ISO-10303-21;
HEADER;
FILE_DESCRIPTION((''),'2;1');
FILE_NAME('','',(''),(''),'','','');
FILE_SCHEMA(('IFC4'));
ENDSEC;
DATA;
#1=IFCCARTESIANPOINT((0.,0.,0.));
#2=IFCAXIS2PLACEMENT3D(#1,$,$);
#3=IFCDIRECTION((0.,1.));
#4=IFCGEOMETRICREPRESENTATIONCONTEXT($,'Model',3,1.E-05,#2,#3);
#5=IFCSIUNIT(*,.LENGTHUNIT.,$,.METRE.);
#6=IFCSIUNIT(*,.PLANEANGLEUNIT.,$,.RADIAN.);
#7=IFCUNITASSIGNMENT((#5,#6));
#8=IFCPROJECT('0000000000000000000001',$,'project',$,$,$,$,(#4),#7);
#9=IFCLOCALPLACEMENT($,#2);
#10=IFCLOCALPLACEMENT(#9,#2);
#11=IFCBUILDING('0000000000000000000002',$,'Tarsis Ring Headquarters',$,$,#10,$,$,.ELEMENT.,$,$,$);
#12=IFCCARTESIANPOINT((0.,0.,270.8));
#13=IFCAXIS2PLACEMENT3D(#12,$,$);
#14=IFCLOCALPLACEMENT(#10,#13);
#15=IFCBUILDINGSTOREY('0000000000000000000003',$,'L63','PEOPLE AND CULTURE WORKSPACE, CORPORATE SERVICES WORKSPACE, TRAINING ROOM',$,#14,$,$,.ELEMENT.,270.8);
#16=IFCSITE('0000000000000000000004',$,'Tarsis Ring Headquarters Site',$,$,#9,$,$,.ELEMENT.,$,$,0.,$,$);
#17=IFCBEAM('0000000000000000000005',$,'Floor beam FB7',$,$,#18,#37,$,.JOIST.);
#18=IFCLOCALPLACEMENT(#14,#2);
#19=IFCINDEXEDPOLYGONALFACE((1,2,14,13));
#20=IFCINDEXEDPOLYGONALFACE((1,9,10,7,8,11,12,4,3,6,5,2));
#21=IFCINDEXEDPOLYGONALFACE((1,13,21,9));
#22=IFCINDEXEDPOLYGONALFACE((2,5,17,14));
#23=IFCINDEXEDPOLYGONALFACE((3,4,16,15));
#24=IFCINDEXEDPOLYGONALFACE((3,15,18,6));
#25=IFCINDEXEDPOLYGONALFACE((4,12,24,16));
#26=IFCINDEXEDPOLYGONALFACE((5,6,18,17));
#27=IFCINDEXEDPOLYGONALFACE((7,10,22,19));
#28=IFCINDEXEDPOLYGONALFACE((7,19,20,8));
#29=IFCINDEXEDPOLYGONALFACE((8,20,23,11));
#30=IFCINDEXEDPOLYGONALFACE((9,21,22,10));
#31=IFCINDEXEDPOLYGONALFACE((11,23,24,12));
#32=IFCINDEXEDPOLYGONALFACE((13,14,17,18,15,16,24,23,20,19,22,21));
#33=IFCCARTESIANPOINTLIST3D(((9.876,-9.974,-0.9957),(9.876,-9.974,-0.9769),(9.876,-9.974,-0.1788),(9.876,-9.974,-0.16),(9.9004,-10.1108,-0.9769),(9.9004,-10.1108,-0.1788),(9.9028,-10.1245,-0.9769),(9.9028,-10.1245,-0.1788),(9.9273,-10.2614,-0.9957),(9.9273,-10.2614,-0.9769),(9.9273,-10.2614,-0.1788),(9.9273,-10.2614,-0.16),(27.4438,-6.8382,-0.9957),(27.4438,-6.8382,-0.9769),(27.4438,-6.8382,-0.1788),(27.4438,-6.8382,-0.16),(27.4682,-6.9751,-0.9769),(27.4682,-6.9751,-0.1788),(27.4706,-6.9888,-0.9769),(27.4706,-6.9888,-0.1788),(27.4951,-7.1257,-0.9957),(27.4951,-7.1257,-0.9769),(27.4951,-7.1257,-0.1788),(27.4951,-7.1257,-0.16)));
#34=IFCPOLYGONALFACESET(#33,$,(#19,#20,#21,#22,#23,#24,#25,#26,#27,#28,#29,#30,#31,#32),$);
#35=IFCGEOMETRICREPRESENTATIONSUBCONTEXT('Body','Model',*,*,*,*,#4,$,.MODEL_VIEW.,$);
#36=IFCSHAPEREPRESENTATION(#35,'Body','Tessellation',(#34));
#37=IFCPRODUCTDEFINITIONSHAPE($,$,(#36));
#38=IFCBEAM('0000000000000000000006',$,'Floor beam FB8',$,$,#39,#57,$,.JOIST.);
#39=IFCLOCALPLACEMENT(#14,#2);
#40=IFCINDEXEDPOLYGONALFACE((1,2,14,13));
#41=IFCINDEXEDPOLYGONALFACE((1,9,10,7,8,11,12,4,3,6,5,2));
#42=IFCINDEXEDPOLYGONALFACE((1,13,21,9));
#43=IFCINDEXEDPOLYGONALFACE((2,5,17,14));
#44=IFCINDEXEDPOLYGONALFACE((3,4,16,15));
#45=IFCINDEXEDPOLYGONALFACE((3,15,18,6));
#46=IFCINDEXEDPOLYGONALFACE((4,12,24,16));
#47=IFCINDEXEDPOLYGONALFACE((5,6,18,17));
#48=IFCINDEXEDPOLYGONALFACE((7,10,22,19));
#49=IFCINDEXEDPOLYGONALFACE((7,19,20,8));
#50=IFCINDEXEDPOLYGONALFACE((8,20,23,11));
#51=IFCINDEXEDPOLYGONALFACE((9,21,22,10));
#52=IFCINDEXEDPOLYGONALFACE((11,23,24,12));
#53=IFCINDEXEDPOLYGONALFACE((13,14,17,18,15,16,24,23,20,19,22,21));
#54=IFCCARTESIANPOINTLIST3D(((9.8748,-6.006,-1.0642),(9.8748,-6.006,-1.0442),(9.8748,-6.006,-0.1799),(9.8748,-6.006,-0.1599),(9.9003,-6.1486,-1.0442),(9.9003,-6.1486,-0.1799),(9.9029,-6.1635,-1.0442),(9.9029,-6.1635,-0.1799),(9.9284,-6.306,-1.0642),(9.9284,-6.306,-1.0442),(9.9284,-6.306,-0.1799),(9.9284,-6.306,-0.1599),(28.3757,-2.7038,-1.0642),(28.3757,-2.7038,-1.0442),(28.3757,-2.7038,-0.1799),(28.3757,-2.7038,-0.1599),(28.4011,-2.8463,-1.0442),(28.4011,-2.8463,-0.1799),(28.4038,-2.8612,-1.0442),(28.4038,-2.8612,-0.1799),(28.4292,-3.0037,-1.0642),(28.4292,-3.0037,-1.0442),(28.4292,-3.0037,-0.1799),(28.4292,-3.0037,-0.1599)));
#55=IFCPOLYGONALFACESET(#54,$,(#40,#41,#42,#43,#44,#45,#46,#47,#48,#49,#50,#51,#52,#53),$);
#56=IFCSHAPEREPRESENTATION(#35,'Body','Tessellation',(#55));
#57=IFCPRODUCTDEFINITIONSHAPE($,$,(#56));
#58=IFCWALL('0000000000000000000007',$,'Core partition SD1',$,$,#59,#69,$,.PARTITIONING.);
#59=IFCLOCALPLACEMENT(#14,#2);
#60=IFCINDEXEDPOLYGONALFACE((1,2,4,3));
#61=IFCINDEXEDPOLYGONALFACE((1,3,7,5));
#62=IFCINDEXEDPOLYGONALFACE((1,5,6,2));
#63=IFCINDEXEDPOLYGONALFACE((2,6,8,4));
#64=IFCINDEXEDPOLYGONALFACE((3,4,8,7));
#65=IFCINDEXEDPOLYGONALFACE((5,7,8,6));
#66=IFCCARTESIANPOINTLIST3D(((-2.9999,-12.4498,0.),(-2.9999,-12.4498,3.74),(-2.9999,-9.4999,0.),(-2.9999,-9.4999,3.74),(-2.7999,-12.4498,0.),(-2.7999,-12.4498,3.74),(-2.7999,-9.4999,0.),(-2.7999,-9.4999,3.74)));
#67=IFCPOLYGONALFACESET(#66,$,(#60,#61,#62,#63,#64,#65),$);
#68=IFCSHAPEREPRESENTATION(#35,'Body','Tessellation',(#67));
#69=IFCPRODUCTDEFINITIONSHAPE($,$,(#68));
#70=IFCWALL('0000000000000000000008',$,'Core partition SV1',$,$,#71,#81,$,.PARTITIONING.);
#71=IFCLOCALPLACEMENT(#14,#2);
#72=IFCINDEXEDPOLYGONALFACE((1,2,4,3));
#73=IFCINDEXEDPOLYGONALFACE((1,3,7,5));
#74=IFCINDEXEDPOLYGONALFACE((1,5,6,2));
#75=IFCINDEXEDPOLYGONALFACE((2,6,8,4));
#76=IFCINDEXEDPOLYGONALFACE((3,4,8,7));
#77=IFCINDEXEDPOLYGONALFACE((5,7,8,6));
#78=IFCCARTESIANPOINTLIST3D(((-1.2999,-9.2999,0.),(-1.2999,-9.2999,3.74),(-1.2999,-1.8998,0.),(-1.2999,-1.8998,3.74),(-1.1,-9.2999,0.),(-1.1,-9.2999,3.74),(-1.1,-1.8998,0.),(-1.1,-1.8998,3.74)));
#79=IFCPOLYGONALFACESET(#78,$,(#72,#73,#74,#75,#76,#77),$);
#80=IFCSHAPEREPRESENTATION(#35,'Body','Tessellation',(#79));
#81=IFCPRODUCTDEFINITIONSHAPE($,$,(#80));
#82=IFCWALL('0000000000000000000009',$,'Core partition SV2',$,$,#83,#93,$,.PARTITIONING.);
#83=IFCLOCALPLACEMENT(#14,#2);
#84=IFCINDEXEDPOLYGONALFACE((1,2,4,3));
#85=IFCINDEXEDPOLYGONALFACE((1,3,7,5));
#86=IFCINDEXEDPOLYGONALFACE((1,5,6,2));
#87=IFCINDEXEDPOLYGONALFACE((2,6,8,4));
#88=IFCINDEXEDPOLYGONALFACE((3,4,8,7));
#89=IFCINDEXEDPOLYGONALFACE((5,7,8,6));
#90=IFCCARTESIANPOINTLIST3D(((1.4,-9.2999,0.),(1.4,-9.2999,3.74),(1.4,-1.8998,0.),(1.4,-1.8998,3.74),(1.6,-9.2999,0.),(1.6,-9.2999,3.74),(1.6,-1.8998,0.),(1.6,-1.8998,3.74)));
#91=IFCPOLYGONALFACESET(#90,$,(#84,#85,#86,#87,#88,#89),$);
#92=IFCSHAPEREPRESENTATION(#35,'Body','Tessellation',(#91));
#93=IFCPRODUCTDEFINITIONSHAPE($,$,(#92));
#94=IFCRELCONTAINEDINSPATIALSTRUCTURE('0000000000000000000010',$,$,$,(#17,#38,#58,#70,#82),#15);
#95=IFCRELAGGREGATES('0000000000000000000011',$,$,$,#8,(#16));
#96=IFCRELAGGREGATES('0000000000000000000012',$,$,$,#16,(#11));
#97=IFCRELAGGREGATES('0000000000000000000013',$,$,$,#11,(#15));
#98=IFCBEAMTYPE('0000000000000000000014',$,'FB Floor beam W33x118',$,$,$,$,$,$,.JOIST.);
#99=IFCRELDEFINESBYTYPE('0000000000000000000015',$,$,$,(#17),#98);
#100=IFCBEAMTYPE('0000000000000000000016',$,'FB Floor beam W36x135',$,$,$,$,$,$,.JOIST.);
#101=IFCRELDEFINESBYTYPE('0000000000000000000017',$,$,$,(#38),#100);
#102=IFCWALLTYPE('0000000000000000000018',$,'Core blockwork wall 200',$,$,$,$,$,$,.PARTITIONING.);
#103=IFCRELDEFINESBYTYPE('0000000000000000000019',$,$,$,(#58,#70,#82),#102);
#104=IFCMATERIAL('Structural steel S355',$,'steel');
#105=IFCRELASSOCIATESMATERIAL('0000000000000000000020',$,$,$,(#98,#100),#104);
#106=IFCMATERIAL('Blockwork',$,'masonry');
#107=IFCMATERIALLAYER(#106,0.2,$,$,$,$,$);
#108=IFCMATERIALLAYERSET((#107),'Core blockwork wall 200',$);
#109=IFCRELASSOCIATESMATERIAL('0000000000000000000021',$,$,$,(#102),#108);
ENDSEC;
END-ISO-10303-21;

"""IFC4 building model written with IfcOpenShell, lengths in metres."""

from ifc_helpers import new_model, si_unit, direction, frame, frame_2d, origin, origin_2d, place, context, subcontext, project, spatial, rectangle, i_section, extrude, material, layer, layer_set, material_profile, profile_set, type_object, element, save


model = new_model("IFC4")

# Units and contexts
model_context = context("Model", 3, precision=1e-05, world=origin(), true_north=direction((0.0, 1.0)))
body_context = subcontext(model_context, "Body", "Model", "MODEL_VIEW")
ifc_project = project(units=[si_unit("LENGTHUNIT", "METRE"), si_unit("PLANEANGLEUNIT", "RADIAN")], contexts=[model_context])

# Site, building, storey
site_placement = place(None, origin())
site = spatial("IfcSite", under=ifc_project, at=site_placement, Name="Tarsis Ring Headquarters Site", CompositionType="ELEMENT", RefElevation=0.0)
building_placement = place(site_placement, origin())
building = spatial("IfcBuilding", under=site, at=building_placement, Name="Tarsis Ring Headquarters", CompositionType="ELEMENT")
storey_placement = place(building_placement, frame((0.0, 0.0, 270.8)))
storey = spatial("IfcBuildingStorey", under=building, at=storey_placement, Name="L63", Description="PEOPLE AND CULTURE WORKSPACE, CORPORATE SERVICES WORKSPACE, TRAINING ROOM", CompositionType="ELEMENT", Elevation=270.8)

# Beams
ifc_material_1 = material(Name="Structural steel S355", Category="steel")
ifc_material_profile_1 = material_profile(ifc_material_1, i_section(OverallWidth=0.292, OverallDepth=0.8357, WebThickness=0.0139, FlangeThickness=0.0188, at=origin_2d()), Name="W33x118")
ifc_profile_set_1 = profile_set([ifc_material_profile_1], Name="Structural steel S355")
beam_type_1 = type_object("IfcBeamType", Name="FB Floor beam W33x118", PredefinedType="JOIST", material=ifc_profile_set_1)
beam_1_placement = place(storey_placement, frame((9.9016, -10.1177, -0.5779), z_axis=(0.984441, 0.175716, 0.0), x_axis=(-0.175716, 0.984441, 0.0)))
element("IfcBeam", 1, at=beam_1_placement, inside=storey, type_object=beam_type_1, Name="Floor beam FB7", PredefinedType="JOIST", context=body_context, shape_type="SweptSolid", body=[
    extrude(i_section(OverallWidth=0.292, OverallDepth=0.8357, WebThickness=0.0139, FlangeThickness=0.0188, at=origin_2d()), origin(), (0.0, 0.0, 1.0), 17.8455),
])
ifc_material_profile_2 = material_profile(ifc_material_1, i_section(OverallWidth=0.3047, OverallDepth=0.9043, WebThickness=0.0151, FlangeThickness=0.02, at=origin_2d()), Name="W36x135")
ifc_profile_set_2 = profile_set([ifc_material_profile_2], Name="Structural steel S355")
beam_type_2 = type_object("IfcBeamType", Name="FB Floor beam W36x135", PredefinedType="JOIST", material=ifc_profile_set_2)
beam_2_placement = place(storey_placement, frame((9.9016, -6.156, -0.6121), z_axis=(0.984441, 0.175716, 0.0), x_axis=(-0.175716, 0.984441, 0.0)))
element("IfcBeam", 2, at=beam_2_placement, inside=storey, type_object=beam_type_2, Name="Floor beam FB8", PredefinedType="JOIST", context=body_context, shape_type="SweptSolid", body=[
    extrude(i_section(OverallWidth=0.3047, OverallDepth=0.9043, WebThickness=0.0151, FlangeThickness=0.02, at=origin_2d()), origin(), (0.0, 0.0, 1.0), 18.7932),
])

# Walls
ifc_material_2 = material(Name="Blockwork", Category="masonry")
ifc_layer_1 = layer(ifc_material_2, 0.2)
ifc_layer_set_1 = layer_set([ifc_layer_1], Name="Core blockwork wall 200")
wall_type_1 = type_object("IfcWallType", Name="Core blockwork wall 200", PredefinedType="PARTITIONING", material=ifc_layer_set_1)
wall_1_placement = place(storey_placement, frame((-2.8999, -12.45, 0.0), z_axis=(0.0, 0.0, 1.0), x_axis=(0.0, 1.0, 0.0)))
element("IfcWall", 3, at=wall_1_placement, inside=storey, type_object=wall_type_1, Name="Core partition SD1", PredefinedType="PARTITIONING", context=body_context, shape_type="SweptSolid", body=[
    extrude(rectangle(XDim=2.95, YDim=0.2, at=frame_2d((1.4751, 0.0))), origin(), (0.0, 0.0, 1.0), 3.74),
])
for number, where, z_axis, x_axis, name in (
    (4, (-1.2, -9.3, 0.0), (0.0, 0.0, 1.0), (0.0, 1.0, 0.0), "Core partition SV1"),
    (5, (1.5, -9.3, 0.0), (0.0, 0.0, 1.0), (0.0, 1.0, 0.0), "Core partition SV2"),
):
    element("IfcWall", number, at=place(storey_placement, frame(where, z_axis=z_axis, x_axis=x_axis)), inside=storey, type_object=wall_type_1, Name=name, PredefinedType="PARTITIONING", context=body_context, shape_type="SweptSolid", body=[
        extrude(rectangle(XDim=7.4001, YDim=0.2, at=frame_2d((3.7002, 0.0))), origin(), (0.0, 0.0, 1.0), 3.74),
    ])

save(model, "model.ifc")
